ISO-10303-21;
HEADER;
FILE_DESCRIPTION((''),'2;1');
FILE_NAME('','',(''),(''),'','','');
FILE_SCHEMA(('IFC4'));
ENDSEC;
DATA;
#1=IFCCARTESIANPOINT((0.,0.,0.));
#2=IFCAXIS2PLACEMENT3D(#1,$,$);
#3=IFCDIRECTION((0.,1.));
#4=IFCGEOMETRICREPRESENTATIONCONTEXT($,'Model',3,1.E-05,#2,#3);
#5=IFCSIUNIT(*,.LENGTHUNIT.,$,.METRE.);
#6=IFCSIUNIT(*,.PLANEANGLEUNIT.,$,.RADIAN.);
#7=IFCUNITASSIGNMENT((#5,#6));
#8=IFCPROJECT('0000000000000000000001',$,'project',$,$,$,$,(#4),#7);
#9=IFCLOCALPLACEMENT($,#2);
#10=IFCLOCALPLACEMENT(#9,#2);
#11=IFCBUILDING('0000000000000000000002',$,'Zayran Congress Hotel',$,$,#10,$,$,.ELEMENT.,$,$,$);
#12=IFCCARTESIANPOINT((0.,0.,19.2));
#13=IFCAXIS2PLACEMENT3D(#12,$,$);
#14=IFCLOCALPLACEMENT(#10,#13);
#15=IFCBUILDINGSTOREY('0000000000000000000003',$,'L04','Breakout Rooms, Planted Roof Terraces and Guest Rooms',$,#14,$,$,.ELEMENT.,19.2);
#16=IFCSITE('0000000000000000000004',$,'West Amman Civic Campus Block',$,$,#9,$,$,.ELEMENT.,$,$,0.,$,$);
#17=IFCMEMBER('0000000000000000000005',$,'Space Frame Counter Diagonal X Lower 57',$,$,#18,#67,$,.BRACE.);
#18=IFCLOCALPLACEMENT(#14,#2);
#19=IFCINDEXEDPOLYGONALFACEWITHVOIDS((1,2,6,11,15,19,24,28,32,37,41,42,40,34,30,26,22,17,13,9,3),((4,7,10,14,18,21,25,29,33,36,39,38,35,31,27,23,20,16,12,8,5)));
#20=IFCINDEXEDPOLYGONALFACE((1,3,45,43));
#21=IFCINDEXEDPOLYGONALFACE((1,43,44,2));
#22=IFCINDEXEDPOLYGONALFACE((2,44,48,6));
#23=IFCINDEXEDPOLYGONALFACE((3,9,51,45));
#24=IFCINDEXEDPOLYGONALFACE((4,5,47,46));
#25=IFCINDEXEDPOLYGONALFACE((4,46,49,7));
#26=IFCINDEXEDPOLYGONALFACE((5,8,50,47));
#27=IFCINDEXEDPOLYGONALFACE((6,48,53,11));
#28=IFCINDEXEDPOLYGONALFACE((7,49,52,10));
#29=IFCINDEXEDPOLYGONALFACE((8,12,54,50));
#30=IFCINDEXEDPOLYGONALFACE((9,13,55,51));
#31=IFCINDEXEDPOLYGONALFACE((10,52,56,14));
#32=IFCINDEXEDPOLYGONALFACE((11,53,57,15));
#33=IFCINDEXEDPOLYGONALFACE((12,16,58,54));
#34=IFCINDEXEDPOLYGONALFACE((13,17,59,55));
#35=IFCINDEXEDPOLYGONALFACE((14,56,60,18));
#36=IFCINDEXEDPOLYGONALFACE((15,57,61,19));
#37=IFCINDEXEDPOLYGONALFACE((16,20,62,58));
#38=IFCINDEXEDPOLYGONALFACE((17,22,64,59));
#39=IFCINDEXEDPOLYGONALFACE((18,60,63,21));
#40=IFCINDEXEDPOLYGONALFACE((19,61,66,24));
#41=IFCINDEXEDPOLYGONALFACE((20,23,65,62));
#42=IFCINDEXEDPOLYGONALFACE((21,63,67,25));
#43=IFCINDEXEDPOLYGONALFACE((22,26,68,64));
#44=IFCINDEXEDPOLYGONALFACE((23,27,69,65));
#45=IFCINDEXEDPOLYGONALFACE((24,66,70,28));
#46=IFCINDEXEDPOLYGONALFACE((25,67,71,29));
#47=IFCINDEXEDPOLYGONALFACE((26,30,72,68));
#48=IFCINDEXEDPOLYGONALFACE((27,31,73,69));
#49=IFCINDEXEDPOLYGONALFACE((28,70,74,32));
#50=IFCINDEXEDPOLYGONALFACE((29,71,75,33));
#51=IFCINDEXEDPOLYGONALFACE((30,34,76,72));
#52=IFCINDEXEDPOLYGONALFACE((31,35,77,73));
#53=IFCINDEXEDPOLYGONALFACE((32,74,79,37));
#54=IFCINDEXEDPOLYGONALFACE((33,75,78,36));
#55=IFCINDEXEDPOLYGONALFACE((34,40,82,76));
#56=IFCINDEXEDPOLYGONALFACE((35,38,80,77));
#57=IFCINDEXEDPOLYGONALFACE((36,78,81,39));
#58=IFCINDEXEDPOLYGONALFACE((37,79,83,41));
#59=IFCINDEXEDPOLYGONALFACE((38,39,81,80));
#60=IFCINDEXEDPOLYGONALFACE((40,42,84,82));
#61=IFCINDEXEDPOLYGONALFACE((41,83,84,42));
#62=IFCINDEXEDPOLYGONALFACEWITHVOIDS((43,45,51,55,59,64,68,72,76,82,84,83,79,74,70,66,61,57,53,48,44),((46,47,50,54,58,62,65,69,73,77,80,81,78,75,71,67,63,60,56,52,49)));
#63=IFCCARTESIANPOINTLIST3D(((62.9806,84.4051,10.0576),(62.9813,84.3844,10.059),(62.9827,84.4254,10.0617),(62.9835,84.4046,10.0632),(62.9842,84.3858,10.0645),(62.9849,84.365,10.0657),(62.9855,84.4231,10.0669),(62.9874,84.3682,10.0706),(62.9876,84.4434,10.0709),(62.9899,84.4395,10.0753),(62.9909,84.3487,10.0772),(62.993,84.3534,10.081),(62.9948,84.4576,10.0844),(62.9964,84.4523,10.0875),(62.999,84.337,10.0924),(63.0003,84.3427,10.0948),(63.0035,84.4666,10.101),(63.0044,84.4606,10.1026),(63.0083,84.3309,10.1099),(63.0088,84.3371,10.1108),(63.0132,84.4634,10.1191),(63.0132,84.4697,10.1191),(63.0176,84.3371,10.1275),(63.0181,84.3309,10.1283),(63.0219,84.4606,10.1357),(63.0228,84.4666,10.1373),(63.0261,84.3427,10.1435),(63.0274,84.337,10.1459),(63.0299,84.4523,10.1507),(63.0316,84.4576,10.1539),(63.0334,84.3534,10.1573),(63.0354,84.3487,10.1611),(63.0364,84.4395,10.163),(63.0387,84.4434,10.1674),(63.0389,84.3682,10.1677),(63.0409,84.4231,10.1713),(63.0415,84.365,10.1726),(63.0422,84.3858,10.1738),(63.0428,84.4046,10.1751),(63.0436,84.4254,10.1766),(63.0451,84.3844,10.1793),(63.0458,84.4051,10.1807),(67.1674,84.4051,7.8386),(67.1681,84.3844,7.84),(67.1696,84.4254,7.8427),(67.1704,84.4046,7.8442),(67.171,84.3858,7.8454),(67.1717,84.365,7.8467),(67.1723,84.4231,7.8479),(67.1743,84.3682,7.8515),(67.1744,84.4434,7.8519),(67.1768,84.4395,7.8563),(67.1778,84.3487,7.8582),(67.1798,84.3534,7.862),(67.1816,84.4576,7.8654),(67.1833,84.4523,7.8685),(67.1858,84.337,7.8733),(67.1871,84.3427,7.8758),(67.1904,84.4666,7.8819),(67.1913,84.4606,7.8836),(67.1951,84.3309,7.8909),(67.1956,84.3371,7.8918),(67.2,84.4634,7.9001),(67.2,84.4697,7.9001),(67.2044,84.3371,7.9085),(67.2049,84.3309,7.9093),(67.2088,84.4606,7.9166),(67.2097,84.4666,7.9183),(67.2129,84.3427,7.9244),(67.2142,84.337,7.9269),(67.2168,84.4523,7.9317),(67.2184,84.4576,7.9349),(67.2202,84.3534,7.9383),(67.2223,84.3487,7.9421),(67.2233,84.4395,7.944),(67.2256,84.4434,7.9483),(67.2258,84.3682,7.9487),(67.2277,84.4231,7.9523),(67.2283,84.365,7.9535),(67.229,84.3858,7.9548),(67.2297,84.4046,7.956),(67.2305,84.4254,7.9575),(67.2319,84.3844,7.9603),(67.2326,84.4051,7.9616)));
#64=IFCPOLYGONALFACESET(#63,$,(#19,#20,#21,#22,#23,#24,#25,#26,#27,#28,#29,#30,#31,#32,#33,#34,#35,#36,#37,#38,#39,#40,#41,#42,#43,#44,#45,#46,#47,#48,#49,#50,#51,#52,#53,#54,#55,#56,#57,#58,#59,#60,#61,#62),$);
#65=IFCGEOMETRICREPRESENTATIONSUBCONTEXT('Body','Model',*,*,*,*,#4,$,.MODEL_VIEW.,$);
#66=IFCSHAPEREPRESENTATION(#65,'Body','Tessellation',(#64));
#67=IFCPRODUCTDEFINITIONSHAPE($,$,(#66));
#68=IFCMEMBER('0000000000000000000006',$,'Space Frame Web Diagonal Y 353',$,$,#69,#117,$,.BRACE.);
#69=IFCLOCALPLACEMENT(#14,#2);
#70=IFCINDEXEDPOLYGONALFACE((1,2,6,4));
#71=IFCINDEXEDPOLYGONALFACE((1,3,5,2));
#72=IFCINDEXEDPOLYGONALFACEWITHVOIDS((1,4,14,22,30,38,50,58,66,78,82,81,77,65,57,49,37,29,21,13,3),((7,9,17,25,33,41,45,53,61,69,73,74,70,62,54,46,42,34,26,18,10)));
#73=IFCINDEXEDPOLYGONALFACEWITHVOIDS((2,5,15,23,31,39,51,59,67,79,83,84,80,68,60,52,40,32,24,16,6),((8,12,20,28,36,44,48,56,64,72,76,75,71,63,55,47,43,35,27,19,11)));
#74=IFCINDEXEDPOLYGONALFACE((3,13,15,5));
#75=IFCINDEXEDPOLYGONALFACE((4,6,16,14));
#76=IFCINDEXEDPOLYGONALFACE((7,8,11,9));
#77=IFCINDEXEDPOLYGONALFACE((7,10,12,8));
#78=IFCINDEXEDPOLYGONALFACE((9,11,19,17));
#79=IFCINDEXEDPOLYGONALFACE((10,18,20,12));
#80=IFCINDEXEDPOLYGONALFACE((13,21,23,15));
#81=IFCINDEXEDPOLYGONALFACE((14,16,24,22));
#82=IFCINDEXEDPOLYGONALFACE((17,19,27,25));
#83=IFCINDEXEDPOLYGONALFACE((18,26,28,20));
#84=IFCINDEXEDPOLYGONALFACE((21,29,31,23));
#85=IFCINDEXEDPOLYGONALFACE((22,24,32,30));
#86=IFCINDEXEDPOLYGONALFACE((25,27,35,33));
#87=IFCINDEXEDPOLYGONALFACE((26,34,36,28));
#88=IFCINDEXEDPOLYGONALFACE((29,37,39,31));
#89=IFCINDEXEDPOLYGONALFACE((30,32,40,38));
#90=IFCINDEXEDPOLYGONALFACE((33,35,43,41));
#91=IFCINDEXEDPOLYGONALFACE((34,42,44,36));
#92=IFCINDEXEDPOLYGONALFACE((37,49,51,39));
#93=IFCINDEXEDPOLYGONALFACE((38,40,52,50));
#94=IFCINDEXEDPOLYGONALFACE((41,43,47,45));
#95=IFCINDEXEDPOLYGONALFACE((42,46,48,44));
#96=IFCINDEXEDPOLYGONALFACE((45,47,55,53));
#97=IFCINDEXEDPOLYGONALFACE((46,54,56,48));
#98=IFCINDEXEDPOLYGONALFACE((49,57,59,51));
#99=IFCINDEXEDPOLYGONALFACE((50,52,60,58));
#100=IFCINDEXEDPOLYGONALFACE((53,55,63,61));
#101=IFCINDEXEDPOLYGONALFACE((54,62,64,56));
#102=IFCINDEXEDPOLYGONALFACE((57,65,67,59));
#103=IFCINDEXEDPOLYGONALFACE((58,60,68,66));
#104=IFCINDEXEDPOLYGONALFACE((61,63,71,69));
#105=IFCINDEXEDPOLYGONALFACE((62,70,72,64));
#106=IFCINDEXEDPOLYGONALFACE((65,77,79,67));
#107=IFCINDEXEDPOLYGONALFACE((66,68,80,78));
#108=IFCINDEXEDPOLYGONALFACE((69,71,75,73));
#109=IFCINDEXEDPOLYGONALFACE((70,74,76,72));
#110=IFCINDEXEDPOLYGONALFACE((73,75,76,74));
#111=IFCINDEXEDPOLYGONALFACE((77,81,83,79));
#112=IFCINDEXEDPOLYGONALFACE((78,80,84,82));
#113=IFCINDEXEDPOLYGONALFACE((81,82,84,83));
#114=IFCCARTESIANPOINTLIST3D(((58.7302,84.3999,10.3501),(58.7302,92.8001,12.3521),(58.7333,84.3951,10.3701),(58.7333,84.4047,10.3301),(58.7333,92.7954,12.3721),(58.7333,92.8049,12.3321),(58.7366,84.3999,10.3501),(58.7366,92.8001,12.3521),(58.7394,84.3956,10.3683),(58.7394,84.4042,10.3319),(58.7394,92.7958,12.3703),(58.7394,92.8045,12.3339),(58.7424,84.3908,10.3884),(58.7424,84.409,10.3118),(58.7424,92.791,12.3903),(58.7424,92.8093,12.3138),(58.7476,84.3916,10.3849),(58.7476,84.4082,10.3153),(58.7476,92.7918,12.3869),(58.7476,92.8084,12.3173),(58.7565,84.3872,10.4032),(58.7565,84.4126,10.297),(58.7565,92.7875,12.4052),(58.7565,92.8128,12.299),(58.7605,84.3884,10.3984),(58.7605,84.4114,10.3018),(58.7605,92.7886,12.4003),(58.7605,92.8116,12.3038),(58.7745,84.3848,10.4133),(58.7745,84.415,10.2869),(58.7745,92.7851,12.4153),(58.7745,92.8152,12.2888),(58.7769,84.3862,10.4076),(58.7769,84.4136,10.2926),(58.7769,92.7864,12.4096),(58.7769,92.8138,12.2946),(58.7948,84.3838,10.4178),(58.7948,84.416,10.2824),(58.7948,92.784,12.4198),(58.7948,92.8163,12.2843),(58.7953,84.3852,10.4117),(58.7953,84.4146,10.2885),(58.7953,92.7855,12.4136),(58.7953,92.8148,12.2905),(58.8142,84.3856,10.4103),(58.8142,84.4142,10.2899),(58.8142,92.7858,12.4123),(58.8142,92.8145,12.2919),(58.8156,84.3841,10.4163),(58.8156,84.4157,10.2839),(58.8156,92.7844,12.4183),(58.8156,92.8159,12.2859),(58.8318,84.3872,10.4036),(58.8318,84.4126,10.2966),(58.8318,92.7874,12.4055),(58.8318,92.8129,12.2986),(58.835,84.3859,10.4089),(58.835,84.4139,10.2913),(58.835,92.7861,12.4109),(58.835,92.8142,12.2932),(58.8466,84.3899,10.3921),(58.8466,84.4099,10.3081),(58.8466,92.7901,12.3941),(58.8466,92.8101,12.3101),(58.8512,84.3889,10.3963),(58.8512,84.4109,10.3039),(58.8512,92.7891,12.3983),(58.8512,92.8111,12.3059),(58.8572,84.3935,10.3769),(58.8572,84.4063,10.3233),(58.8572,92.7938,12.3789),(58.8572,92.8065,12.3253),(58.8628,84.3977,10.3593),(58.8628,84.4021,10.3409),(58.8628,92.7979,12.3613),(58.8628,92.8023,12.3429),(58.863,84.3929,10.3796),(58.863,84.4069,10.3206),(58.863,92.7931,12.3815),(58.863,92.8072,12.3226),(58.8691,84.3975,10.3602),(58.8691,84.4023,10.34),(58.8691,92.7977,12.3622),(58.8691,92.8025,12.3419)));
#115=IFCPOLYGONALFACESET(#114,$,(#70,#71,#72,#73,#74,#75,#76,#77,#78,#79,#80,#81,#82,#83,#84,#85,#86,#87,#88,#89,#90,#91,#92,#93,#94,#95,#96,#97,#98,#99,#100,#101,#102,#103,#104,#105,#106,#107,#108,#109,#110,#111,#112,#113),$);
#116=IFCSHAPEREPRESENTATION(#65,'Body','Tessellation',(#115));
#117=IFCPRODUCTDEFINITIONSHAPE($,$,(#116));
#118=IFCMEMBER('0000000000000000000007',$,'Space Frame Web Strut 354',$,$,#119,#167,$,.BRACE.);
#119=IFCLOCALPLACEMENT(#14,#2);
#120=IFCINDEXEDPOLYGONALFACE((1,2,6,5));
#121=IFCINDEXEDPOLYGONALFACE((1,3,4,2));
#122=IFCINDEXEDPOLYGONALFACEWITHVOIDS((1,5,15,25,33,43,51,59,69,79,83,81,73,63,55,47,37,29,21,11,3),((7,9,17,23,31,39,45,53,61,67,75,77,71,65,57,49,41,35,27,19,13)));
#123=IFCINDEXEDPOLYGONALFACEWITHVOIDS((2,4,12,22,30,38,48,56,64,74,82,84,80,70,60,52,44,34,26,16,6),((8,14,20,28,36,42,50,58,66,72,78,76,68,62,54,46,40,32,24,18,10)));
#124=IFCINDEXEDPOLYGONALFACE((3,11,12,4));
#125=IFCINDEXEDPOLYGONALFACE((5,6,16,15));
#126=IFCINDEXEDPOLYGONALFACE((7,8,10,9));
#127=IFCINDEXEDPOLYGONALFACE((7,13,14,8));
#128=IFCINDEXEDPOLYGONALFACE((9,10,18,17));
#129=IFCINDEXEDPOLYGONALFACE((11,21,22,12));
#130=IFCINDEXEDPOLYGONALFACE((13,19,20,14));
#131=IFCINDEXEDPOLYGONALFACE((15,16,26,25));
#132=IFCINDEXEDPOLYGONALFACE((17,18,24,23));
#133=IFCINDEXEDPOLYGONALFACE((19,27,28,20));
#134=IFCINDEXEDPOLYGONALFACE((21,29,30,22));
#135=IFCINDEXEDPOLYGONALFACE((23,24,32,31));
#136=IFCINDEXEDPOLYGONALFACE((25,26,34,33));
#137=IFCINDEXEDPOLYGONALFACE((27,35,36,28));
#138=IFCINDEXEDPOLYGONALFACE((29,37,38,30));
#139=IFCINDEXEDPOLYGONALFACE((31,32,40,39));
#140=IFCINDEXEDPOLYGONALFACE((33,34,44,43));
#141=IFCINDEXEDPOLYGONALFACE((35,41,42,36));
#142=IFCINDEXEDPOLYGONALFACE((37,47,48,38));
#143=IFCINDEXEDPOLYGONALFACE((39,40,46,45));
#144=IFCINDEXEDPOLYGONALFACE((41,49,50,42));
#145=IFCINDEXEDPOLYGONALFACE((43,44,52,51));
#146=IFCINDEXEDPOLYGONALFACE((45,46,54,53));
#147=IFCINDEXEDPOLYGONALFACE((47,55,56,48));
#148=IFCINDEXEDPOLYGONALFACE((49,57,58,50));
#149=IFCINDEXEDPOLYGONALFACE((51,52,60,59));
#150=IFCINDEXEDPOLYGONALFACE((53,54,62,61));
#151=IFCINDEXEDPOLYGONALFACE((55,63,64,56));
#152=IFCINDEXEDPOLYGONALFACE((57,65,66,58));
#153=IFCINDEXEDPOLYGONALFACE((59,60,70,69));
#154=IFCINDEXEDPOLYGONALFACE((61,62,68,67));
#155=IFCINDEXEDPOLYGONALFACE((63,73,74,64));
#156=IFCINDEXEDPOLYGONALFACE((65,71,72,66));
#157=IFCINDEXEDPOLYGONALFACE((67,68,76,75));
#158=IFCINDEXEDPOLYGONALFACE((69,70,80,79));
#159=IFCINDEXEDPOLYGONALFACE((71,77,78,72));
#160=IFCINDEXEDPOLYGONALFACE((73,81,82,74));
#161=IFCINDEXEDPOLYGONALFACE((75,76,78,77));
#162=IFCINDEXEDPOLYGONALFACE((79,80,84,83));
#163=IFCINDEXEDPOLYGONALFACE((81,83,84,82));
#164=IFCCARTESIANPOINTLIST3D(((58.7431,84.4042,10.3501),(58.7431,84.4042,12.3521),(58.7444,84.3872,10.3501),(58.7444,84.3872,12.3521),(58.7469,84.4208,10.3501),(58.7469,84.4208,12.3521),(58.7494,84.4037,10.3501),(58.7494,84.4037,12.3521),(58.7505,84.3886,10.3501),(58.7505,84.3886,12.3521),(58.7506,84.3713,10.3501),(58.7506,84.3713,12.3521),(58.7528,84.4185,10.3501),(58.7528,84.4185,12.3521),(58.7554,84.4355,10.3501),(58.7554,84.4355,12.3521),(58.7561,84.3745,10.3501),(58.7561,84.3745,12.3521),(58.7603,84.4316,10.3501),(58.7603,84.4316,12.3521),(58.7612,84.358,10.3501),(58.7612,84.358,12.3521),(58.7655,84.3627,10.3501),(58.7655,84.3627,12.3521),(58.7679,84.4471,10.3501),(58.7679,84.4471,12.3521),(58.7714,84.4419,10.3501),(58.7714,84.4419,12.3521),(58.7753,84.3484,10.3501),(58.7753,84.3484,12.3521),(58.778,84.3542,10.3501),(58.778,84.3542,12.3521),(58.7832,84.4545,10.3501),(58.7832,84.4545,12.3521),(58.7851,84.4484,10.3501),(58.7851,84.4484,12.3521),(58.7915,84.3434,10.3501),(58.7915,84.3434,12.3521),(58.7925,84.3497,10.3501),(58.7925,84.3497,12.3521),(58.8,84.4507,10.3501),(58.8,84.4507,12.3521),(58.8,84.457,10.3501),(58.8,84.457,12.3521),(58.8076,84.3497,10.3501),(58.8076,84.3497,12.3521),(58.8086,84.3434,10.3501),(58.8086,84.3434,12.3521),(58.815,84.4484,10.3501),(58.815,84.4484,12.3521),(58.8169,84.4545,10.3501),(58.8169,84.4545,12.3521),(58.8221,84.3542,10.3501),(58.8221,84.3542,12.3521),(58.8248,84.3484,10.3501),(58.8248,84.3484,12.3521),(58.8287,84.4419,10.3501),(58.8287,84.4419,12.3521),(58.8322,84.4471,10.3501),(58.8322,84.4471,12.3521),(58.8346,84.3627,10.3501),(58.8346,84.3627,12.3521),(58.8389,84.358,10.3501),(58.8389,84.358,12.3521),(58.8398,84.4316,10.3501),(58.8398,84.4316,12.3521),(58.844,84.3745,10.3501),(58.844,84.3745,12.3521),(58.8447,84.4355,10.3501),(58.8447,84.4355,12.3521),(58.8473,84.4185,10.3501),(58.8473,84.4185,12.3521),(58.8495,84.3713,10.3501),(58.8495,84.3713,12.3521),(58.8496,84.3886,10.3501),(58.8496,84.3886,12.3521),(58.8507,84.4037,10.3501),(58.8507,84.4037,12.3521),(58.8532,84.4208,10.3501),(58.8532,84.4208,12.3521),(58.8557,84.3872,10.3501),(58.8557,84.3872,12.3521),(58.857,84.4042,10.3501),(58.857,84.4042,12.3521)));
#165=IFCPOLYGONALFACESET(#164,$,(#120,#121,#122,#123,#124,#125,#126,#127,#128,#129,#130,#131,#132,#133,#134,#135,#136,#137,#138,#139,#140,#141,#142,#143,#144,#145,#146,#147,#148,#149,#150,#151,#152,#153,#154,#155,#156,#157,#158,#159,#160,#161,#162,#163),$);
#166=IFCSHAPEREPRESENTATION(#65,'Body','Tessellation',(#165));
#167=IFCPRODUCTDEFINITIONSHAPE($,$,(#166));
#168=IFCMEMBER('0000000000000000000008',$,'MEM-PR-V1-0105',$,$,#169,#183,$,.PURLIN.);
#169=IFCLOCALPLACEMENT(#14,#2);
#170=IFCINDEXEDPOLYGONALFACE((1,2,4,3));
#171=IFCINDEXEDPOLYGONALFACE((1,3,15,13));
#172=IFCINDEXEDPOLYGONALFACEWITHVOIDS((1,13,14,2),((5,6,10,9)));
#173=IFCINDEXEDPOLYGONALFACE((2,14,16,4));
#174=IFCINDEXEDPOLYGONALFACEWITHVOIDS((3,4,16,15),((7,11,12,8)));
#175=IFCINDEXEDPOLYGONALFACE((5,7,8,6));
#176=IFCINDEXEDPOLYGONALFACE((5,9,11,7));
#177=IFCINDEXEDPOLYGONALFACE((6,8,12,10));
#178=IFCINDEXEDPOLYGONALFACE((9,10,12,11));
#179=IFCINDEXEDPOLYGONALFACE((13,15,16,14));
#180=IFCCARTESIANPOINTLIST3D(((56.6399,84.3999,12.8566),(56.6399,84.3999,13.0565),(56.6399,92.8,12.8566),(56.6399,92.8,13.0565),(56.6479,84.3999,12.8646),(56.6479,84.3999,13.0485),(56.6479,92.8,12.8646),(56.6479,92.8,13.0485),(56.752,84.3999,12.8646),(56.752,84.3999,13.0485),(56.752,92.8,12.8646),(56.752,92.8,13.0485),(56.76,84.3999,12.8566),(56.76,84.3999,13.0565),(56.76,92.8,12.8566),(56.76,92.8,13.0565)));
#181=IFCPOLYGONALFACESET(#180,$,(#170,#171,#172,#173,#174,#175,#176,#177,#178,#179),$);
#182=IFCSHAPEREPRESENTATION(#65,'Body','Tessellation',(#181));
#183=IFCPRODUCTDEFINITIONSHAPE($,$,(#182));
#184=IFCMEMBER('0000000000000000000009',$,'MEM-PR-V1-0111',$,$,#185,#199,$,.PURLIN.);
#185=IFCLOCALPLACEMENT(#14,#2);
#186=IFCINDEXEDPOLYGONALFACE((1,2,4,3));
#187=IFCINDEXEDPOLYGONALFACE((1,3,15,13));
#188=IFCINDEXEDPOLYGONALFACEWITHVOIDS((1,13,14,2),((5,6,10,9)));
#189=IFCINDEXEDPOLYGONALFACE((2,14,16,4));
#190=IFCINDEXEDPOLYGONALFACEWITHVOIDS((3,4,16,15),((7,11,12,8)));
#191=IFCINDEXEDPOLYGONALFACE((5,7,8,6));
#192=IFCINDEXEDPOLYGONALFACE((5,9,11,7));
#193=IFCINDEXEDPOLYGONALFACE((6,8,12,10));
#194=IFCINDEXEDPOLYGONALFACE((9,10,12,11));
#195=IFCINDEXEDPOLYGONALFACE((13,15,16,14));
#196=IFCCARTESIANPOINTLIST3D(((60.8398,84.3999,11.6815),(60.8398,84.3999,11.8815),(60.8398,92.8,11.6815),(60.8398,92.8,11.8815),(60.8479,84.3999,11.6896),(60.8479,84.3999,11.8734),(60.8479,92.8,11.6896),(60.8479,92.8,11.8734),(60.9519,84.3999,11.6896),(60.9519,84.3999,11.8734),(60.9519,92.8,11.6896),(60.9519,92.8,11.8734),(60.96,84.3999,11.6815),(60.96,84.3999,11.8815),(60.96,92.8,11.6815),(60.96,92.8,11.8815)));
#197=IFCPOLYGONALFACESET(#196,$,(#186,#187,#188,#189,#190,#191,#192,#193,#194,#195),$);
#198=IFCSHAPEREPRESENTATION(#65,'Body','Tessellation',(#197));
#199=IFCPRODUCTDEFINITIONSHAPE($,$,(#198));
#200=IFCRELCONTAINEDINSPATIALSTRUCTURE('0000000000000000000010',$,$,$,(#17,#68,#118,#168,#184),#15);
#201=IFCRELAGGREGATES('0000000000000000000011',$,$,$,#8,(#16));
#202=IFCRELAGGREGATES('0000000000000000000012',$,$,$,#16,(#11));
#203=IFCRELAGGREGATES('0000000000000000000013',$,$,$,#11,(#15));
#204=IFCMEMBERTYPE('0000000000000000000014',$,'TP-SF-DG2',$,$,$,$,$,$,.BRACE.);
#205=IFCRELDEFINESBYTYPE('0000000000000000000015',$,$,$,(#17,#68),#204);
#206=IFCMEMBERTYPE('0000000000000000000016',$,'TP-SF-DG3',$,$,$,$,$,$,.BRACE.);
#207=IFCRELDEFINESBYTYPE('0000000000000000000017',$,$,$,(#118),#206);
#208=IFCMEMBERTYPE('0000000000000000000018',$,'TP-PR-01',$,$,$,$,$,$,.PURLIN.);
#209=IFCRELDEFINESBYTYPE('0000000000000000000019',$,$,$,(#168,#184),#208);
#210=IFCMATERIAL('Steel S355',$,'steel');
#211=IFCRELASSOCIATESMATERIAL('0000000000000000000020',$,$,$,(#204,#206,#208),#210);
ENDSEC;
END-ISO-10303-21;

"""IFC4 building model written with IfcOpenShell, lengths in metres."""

from ifc_helpers import new_model, si_unit, direction, frame, origin, origin_2d, place, context, subcontext, project, spatial, hollow_rectangle, hollow_circle, extrude, material, material_profile, profile_set, type_object, element, save


model = new_model("IFC4")

# Units and contexts
model_context = context("Model", 3, precision=1e-05, world=origin(), true_north=direction((0.0, 1.0)))
body_context = subcontext(model_context, "Body", "Model", "MODEL_VIEW")
ifc_project = project(units=[si_unit("LENGTHUNIT", "METRE"), si_unit("PLANEANGLEUNIT", "RADIAN")], contexts=[model_context])

# Site, building, storey
site_placement = place(None, origin())
site = spatial("IfcSite", under=ifc_project, at=site_placement, Name="West Amman Civic Campus Block", CompositionType="ELEMENT", RefElevation=0.0)
building_placement = place(site_placement, origin())
building = spatial("IfcBuilding", under=site, at=building_placement, Name="Zayran Congress Hotel", CompositionType="ELEMENT")
storey_placement = place(building_placement, frame((0.0, 0.0, 19.2)))
storey = spatial("IfcBuildingStorey", under=building, at=storey_placement, Name="L04", Description="Breakout Rooms, Planted Roof Terraces and Guest Rooms", CompositionType="ELEMENT", Elevation=19.2)

# Members
ifc_material_1 = material(Name="Steel S355", Category="steel")
ifc_material_profile_1 = material_profile(ifc_material_1, hollow_circle(Radius=0.0698, WallThickness=0.0063, at=origin_2d()), Name="CHS 139.7x6.3")
ifc_profile_set_1 = profile_set([ifc_material_profile_1], Name="Steel S355")
member_type_1 = type_object("IfcMemberType", Name="TP-SF-DG2", PredefinedType="BRACE", material=ifc_profile_set_1)
for number, where, z_axis, x_axis, name in (
    (1, (63.0132, 84.3999, 10.1191), (0.883572, 0.0, -0.468295), (0.0, 1.0, 0.0), "Space Frame Counter Diagonal X Lower 57"),
):
    element("IfcMember", number, at=place(storey_placement, frame(where, z_axis=z_axis, x_axis=x_axis)), inside=storey, type_object=member_type_1, Name=name, PredefinedType="BRACE", context=body_context, shape_type="SweptSolid", body=[
        extrude(hollow_circle(Radius=0.0698, WallThickness=0.0063, at=origin_2d()), origin(), (0.0, 0.0, 1.0), 4.7385),
    ])
member_1_placement = place(storey_placement, frame((58.8, 84.3999, 10.3501), z_axis=(0.0, 0.972756, 0.231831), x_axis=(-1.0, 0.0, 0.0)))
element("IfcMember", 2, at=member_1_placement, inside=storey, type_object=member_type_1, Name="Space Frame Web Diagonal Y 353", PredefinedType="BRACE", context=body_context, shape_type="SweptSolid", body=[
    extrude(hollow_circle(Radius=0.0698, WallThickness=0.0063, at=origin_2d()), origin(), (0.0, 0.0, 1.0), 8.6355),
])
ifc_material_profile_2 = material_profile(ifc_material_1, hollow_circle(Radius=0.0571, WallThickness=0.0063, at=origin_2d()), Name="CHS 114.3x6.3")
ifc_profile_set_2 = profile_set([ifc_material_profile_2], Name="Steel S355")
member_type_2 = type_object("IfcMemberType", Name="TP-SF-DG3", PredefinedType="BRACE", material=ifc_profile_set_2)
member_2_placement = place(storey_placement, frame((58.8, 84.3999, 10.3501), z_axis=(0.0, 0.0, 1.0), x_axis=(0.0, 1.0, 0.0)))
element("IfcMember", 3, at=member_2_placement, inside=storey, type_object=member_type_2, Name="Space Frame Web Strut 354", PredefinedType="BRACE", context=body_context, shape_type="SweptSolid", body=[
    extrude(hollow_circle(Radius=0.0571, WallThickness=0.0063, at=origin_2d()), origin(), (0.0, 0.0, 1.0), 2.002),
])
ifc_material_profile_3 = material_profile(ifc_material_1, hollow_rectangle(XDim=0.1201, YDim=0.2, WallThickness=0.0081, at=origin_2d()), Name="RHS 200x120x8")
ifc_profile_set_3 = profile_set([ifc_material_profile_3], Name="Steel S355")
member_type_3 = type_object("IfcMemberType", Name="TP-PR-01", PredefinedType="PURLIN", material=ifc_profile_set_3)
for number, where, z_axis, x_axis, name in (
    (4, (56.7, 84.3999, 12.9565), (0.0, 1.0, 0.0), (-1.0, 0.0, 0.0), "MEM-PR-V1-0105"),
    (5, (60.8999, 84.3999, 11.7815), (0.0, 1.0, 0.0), (-1.0, 0.0, 0.0), "MEM-PR-V1-0111"),
):
    element("IfcMember", number, at=place(storey_placement, frame(where, z_axis=z_axis, x_axis=x_axis)), inside=storey, type_object=member_type_3, Name=name, PredefinedType="PURLIN", context=body_context, shape_type="SweptSolid", body=[
        extrude(hollow_rectangle(XDim=0.1201, YDim=0.2, WallThickness=0.0081, at=origin_2d()), origin(), (0.0, 0.0, 1.0), 8.4001),
    ])

save(model, "model.ifc")
